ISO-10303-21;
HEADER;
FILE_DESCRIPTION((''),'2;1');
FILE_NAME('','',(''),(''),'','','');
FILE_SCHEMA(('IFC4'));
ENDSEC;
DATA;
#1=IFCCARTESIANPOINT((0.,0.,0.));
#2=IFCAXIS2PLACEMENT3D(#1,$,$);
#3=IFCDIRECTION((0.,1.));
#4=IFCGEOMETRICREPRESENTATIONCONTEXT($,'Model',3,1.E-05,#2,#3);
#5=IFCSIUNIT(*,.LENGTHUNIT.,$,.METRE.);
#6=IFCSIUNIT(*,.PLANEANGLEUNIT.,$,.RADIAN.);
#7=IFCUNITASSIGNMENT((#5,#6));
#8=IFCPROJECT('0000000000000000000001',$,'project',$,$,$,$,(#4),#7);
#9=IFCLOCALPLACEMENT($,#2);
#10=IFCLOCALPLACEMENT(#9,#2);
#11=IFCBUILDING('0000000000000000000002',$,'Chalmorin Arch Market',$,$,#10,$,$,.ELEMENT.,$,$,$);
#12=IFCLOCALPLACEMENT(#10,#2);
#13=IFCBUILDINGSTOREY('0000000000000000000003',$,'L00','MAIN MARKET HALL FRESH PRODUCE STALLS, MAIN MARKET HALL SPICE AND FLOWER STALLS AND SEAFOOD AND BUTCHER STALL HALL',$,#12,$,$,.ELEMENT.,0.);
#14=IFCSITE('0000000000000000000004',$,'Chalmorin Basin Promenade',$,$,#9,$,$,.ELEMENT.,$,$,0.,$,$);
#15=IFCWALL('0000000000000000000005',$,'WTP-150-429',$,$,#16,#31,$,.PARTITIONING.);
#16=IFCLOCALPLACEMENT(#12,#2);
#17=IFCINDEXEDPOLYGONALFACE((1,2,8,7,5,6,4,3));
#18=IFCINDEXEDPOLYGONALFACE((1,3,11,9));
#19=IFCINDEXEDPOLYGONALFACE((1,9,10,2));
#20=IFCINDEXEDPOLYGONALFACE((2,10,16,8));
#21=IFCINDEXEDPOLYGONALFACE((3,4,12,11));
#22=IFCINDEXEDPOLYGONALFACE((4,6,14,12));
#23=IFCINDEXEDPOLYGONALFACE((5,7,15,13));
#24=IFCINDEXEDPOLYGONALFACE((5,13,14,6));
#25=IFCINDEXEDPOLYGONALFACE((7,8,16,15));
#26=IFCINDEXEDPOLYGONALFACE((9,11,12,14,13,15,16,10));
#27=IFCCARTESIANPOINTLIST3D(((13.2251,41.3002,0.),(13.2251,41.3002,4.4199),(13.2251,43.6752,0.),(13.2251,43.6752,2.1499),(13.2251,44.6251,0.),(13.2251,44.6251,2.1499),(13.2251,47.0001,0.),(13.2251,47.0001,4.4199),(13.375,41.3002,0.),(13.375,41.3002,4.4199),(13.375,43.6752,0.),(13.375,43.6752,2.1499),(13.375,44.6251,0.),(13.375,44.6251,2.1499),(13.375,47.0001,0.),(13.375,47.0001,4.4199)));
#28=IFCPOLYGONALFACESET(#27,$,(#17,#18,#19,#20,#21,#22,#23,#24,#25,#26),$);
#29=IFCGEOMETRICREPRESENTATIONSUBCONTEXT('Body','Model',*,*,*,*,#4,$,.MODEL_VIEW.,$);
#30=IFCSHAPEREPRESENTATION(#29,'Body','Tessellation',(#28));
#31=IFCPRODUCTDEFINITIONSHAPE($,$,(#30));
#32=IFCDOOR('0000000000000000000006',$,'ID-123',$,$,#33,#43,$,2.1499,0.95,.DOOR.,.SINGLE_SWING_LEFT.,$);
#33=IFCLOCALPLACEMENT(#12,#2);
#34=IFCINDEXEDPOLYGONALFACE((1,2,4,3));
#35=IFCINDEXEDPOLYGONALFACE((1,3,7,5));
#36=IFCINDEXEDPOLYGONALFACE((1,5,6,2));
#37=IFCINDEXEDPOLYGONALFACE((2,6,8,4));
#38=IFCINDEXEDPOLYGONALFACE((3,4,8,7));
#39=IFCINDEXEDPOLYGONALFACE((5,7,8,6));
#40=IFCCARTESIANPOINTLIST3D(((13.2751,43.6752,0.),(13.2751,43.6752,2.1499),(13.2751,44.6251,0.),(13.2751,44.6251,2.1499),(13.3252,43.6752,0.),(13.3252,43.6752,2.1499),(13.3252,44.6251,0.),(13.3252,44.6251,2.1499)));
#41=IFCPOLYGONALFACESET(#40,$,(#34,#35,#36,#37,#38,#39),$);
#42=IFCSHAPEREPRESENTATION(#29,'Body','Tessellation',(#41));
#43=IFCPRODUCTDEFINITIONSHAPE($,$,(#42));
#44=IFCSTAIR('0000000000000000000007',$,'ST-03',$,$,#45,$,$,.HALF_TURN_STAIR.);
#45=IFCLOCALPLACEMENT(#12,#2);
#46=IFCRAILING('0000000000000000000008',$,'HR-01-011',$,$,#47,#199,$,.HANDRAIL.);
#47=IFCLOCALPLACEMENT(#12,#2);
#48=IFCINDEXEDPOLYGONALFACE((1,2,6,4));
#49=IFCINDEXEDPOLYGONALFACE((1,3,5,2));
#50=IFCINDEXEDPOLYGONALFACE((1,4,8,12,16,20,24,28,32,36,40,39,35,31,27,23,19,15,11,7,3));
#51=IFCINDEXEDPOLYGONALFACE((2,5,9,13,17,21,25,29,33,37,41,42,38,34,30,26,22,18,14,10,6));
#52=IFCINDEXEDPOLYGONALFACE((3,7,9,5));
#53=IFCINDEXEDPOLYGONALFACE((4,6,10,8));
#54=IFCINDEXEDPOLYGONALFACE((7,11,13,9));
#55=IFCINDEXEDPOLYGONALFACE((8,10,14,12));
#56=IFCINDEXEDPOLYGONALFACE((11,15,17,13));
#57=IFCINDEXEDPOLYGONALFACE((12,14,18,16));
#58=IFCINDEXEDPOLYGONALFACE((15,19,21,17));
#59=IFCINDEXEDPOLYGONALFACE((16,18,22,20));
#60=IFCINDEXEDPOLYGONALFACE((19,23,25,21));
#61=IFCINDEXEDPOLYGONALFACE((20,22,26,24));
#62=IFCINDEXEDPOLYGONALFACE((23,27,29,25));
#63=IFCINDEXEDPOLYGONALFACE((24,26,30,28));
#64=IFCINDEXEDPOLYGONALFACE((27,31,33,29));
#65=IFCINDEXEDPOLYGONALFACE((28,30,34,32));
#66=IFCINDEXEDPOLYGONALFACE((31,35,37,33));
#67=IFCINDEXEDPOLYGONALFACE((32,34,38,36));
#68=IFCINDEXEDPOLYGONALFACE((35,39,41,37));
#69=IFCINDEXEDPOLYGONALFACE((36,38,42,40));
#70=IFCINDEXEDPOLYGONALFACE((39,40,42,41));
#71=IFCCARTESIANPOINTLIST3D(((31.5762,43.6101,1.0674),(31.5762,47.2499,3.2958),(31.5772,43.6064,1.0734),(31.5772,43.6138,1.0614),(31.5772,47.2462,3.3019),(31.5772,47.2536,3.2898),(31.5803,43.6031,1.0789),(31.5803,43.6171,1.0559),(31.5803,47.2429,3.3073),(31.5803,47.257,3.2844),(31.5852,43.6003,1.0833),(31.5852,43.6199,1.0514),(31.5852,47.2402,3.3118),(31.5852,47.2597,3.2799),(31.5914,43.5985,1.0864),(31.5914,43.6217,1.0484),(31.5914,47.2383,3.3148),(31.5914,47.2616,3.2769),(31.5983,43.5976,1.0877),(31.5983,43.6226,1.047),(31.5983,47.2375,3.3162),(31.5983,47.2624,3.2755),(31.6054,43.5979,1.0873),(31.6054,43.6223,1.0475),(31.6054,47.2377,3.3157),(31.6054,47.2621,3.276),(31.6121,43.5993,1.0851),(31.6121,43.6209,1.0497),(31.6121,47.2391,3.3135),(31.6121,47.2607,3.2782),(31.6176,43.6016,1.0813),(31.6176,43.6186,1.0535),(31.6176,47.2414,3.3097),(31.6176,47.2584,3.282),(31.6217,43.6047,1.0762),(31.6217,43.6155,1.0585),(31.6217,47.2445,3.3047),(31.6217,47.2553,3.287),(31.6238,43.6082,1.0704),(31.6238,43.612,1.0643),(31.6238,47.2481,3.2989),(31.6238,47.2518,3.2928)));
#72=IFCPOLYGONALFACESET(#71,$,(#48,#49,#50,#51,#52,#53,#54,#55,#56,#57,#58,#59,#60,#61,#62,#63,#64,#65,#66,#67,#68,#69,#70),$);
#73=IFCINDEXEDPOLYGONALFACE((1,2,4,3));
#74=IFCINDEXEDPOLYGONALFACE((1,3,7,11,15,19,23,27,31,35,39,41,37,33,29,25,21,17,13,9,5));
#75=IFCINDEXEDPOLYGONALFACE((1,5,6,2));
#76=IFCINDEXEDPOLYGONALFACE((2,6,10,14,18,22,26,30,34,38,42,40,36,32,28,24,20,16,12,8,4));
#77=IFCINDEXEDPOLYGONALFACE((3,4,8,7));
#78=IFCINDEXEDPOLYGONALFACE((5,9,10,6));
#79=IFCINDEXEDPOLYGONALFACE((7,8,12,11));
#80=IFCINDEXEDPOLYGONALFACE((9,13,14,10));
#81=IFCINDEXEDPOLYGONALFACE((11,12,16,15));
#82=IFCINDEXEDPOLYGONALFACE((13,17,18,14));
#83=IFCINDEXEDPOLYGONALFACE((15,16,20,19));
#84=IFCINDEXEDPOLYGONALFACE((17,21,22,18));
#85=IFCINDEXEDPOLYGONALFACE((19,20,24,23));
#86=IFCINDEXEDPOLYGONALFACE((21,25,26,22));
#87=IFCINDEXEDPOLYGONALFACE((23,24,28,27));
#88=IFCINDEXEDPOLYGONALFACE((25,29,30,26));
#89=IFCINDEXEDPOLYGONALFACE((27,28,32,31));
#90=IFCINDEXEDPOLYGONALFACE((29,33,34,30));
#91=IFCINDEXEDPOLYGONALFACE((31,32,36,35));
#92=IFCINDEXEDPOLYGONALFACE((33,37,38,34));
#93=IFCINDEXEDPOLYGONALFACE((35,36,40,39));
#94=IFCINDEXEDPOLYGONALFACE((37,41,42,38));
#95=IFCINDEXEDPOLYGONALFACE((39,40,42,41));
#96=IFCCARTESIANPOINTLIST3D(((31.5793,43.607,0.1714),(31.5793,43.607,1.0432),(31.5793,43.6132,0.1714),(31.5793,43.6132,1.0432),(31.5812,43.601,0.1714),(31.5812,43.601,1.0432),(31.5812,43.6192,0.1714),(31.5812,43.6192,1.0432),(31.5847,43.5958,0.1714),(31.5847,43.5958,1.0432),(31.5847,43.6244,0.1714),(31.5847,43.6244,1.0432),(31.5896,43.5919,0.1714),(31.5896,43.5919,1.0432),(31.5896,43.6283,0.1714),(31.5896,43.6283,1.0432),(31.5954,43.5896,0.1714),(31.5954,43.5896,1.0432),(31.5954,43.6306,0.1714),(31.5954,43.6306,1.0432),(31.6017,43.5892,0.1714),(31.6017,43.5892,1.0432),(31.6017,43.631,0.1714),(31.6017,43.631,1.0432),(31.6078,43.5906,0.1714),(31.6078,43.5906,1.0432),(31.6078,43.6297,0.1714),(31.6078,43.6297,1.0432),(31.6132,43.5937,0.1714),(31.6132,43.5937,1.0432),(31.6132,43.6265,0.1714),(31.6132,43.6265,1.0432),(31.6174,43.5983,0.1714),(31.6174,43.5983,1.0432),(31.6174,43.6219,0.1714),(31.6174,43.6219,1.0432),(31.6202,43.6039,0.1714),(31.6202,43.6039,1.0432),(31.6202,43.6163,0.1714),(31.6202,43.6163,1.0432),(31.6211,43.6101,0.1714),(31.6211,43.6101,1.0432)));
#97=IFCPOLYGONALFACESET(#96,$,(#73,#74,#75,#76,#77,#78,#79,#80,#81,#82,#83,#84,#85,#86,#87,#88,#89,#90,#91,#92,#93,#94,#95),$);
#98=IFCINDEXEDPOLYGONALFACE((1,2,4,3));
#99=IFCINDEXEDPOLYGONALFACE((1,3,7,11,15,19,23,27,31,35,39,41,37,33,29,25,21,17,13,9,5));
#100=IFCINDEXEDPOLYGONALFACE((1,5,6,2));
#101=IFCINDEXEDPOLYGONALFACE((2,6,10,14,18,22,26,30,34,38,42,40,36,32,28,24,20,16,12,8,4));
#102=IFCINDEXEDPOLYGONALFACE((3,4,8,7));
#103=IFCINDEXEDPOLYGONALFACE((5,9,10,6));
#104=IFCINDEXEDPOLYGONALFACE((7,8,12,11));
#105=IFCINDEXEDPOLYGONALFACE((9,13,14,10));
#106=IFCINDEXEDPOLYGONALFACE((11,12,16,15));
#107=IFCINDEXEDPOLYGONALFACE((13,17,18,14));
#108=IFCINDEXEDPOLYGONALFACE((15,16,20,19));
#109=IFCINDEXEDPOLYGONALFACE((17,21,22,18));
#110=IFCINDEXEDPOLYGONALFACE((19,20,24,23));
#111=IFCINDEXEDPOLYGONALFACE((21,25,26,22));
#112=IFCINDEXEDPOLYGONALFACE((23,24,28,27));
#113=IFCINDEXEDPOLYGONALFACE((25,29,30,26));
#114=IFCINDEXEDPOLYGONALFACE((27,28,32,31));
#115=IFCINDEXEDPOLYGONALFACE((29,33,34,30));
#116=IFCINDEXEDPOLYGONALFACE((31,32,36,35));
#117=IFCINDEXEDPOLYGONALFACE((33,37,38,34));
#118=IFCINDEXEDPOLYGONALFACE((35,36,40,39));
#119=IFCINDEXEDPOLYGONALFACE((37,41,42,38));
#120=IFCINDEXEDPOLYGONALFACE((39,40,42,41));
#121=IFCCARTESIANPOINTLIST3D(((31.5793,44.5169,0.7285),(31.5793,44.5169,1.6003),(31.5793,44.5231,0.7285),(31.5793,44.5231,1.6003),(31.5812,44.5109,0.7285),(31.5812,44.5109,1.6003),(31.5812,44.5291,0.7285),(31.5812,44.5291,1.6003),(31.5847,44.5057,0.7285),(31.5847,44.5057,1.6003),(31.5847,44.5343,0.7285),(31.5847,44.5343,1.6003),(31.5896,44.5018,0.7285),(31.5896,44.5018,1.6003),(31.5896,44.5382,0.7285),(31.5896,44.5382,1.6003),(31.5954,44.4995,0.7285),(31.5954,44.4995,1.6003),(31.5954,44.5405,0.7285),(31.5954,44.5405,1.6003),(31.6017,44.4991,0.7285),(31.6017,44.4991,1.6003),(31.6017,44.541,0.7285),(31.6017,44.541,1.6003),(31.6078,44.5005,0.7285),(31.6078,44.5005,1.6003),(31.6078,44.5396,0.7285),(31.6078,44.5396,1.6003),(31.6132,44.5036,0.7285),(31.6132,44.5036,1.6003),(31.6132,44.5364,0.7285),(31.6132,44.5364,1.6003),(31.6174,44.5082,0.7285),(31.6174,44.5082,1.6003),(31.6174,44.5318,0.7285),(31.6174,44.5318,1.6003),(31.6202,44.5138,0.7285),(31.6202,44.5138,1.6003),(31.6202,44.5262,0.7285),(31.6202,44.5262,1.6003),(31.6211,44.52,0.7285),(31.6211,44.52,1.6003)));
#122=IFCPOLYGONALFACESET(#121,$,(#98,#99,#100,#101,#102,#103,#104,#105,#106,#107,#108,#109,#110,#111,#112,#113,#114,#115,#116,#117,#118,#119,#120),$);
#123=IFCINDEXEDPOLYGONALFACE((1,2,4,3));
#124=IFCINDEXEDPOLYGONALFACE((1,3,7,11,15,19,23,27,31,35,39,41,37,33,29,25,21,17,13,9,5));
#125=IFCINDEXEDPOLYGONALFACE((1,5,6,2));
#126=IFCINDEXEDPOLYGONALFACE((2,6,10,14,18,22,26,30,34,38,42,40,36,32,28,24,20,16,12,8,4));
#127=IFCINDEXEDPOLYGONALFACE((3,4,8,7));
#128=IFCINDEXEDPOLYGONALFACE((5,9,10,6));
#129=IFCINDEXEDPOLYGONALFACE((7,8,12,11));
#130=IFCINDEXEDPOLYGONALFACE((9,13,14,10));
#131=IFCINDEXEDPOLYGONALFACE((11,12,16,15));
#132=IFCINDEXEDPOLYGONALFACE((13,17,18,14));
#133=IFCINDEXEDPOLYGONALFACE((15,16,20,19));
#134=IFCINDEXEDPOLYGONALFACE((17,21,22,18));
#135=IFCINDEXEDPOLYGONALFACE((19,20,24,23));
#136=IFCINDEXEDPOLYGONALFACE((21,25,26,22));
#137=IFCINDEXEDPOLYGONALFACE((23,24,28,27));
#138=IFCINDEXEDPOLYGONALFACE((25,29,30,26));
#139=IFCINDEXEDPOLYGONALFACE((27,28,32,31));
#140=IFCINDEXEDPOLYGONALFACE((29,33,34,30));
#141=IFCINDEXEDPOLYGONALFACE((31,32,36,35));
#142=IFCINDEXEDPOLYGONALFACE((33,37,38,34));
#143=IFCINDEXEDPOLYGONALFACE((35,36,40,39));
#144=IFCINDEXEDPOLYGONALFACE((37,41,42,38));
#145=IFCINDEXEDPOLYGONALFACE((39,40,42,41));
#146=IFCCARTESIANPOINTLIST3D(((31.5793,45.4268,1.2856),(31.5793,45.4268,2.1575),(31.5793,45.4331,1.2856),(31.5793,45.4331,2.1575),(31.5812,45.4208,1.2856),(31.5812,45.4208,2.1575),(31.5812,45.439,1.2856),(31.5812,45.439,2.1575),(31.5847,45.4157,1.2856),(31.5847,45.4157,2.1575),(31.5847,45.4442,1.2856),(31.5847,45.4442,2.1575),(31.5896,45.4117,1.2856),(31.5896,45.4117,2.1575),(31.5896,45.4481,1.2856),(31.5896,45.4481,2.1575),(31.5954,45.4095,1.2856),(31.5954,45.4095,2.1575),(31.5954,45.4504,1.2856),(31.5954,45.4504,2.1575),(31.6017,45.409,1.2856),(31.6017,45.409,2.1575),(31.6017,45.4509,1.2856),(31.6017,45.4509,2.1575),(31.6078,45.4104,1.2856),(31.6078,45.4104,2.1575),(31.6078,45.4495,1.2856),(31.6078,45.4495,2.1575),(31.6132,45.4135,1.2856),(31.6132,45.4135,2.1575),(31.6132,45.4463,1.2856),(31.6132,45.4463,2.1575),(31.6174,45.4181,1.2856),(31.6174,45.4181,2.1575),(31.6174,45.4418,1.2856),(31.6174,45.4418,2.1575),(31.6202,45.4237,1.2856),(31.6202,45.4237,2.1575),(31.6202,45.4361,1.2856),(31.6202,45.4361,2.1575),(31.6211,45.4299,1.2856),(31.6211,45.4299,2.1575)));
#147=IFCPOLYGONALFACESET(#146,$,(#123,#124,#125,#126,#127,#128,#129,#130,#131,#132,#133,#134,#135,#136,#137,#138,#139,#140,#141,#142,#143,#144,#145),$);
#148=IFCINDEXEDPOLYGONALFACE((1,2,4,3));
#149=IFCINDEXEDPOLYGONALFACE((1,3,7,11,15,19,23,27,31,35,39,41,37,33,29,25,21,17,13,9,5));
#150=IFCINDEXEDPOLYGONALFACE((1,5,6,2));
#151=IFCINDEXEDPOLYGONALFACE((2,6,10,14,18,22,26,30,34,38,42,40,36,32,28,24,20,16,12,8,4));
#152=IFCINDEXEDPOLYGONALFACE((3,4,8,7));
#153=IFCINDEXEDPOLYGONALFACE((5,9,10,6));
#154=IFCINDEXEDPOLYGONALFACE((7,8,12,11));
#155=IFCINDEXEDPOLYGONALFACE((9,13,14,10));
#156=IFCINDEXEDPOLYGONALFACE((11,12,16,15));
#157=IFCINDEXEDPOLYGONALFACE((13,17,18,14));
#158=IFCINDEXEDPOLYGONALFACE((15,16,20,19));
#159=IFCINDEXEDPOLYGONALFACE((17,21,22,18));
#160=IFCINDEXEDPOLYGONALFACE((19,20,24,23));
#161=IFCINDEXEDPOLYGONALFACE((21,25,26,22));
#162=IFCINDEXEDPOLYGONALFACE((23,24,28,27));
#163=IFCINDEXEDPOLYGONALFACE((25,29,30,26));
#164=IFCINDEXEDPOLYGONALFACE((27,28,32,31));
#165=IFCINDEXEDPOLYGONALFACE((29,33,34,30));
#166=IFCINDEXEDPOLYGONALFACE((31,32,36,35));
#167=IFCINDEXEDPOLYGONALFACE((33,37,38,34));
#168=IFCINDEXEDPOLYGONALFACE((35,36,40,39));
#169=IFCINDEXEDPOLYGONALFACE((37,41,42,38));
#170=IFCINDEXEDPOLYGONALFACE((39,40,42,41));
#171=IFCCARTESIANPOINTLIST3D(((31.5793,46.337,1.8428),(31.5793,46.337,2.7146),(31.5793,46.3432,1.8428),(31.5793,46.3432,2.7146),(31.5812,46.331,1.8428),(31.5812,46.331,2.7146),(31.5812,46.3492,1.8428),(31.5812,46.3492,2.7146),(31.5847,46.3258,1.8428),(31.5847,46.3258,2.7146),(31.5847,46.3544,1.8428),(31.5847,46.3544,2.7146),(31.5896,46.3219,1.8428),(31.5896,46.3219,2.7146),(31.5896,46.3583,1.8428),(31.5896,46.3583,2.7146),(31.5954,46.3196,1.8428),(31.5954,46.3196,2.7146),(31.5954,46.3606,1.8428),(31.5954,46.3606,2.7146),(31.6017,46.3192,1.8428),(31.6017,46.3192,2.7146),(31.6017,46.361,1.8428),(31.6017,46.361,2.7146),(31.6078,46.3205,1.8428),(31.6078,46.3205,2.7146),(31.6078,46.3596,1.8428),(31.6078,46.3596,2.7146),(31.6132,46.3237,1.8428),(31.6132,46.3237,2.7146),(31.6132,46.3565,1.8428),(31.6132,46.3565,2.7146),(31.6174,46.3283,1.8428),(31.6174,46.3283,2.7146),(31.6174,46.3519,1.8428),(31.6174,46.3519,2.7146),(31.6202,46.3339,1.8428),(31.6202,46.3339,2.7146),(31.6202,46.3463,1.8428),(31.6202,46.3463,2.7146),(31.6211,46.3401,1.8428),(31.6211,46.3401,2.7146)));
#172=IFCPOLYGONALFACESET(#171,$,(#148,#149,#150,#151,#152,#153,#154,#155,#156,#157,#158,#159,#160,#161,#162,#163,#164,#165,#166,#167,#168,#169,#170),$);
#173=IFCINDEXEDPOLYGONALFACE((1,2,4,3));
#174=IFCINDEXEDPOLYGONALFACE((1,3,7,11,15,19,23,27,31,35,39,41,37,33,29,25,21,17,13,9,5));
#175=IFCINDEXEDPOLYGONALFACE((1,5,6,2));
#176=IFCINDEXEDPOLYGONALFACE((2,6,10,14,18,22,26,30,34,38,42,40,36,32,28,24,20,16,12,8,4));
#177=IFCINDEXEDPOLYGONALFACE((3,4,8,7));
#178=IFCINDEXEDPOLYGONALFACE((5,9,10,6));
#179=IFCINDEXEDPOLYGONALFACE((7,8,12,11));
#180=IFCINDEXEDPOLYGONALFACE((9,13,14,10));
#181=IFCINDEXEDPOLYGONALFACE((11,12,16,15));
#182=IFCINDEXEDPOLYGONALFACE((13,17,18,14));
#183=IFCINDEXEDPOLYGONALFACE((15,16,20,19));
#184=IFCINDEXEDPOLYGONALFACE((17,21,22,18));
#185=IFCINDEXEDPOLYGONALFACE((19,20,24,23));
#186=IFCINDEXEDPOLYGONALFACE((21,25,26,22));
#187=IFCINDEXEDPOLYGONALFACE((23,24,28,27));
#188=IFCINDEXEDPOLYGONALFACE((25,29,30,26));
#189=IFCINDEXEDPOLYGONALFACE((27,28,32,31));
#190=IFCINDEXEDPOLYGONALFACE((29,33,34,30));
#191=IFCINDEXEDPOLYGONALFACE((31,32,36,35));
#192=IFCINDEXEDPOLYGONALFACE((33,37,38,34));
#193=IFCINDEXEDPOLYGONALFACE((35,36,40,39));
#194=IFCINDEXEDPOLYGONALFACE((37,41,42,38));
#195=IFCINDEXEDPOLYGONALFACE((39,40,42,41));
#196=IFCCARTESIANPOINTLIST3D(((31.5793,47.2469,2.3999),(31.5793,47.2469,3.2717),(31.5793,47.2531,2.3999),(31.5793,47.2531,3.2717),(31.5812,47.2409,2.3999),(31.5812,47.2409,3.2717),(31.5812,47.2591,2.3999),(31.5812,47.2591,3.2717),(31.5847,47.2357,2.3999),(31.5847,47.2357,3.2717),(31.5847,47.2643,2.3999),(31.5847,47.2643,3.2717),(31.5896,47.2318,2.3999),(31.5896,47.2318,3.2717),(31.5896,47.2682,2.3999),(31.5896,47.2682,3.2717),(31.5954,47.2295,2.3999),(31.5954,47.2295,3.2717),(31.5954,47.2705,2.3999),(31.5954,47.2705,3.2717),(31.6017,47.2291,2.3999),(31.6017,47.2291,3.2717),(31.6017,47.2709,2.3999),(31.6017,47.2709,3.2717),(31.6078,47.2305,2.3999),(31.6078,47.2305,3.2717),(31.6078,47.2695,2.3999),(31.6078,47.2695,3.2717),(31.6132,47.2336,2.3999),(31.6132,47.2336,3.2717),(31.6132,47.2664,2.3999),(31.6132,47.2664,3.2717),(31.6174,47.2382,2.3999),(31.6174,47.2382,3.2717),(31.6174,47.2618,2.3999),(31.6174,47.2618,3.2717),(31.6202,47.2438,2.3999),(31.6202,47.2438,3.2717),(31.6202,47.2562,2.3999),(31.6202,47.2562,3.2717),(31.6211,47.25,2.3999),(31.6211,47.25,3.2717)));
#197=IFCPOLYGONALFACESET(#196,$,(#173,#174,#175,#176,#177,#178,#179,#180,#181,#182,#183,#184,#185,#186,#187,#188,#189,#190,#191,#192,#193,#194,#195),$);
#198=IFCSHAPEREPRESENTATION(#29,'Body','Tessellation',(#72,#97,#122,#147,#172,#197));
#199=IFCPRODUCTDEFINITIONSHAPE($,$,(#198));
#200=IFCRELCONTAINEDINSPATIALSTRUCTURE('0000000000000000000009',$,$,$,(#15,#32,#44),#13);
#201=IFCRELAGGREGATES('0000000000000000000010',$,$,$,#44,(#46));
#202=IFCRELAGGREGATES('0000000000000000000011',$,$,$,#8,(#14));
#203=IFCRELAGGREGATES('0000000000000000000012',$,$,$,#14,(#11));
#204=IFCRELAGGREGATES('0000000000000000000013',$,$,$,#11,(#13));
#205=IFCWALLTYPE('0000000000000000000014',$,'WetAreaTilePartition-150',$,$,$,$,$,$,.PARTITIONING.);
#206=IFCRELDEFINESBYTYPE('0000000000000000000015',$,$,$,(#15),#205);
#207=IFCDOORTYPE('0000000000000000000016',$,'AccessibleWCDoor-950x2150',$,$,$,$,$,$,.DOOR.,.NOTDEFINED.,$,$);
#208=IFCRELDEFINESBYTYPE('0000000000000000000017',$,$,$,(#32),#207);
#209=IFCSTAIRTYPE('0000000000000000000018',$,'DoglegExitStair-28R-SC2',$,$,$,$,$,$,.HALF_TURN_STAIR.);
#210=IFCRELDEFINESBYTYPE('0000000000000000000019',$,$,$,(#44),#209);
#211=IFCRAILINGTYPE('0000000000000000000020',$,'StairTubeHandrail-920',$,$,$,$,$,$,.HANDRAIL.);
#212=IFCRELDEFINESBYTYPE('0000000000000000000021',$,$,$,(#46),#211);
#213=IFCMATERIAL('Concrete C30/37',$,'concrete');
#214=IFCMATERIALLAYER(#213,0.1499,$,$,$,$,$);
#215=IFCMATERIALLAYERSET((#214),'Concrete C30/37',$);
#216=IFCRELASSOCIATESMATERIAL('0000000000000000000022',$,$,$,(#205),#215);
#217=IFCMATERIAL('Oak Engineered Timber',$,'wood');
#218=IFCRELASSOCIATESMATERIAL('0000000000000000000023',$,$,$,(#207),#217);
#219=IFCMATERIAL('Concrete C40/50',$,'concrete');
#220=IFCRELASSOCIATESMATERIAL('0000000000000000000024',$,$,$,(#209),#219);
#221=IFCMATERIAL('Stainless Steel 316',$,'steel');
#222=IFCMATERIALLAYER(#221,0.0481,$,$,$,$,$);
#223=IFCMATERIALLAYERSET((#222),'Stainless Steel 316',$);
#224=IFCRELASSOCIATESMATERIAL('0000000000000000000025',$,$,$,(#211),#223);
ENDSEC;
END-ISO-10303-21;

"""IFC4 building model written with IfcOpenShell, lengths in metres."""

from ifc_helpers import new_model, si_unit, direction, frame, frame_2d, origin, origin_2d, place, context, subcontext, project, spatial, rectangle, circle, extrude, material, layer, layer_set, type_object, element, fill, aggregate, save


model = new_model("IFC4")

# Units and contexts
model_context = context("Model", 3, precision=1e-05, world=origin(), true_north=direction((0.0, 1.0)))
body_context = subcontext(model_context, "Body", "Model", "MODEL_VIEW")
ifc_project = project(units=[si_unit("LENGTHUNIT", "METRE"), si_unit("PLANEANGLEUNIT", "RADIAN")], contexts=[model_context])

# Site, building, storey
site_placement = place(None, origin())
site = spatial("IfcSite", under=ifc_project, at=site_placement, Name="Chalmorin Basin Promenade", CompositionType="ELEMENT", RefElevation=0.0)
building_placement = place(site_placement, origin())
building = spatial("IfcBuilding", under=site, at=building_placement, Name="Chalmorin Arch Market", CompositionType="ELEMENT")
storey_placement = place(building_placement, origin())
storey = spatial("IfcBuildingStorey", under=building, at=storey_placement, Name="L00", Description="MAIN MARKET HALL FRESH PRODUCE STALLS, MAIN MARKET HALL SPICE AND FLOWER STALLS AND SEAFOOD AND BUTCHER STALL HALL", CompositionType="ELEMENT", Elevation=0.0)

# Shared definitions
ifc_material_1 = material(Name="Concrete C40/50", Category="concrete")

# Wall, opening, door
ifc_material_2 = material(Name="Concrete C30/37", Category="concrete")
ifc_material_3 = material(Name="Stainless Steel 316", Category="steel")
ifc_layer_1 = layer(ifc_material_2, 0.1499)
ifc_layer_set_1 = layer_set([ifc_layer_1], Name="Concrete C30/37")
wall_type_1 = type_object("IfcWallType", Name="WetAreaTilePartition-150", PredefinedType="PARTITIONING", material=ifc_layer_set_1)
wall_1_placement = place(storey_placement, frame((13.3, 41.3, 0.0), z_axis=(0.0, 0.0, 1.0), x_axis=(0.0, 1.0, 0.0)))
wall_1 = element("IfcWall", 1, at=wall_1_placement, inside=storey, type_object=wall_type_1, Name="WTP-150-429", PredefinedType="PARTITIONING", context=body_context, shape_type="SweptSolid", body=[
    extrude(rectangle(XDim=5.7, YDim=0.1499, at=frame_2d((2.8501, 0.0))), origin(), (0.0, 0.0, 1.0), 4.4199),
])
opening_1_placement = place(wall_1_placement, frame((2.375, 0.0, 0.0)))
opening_1 = element("IfcOpeningElement", 2, at=opening_1_placement, cuts=wall_1, PredefinedType="OPENING", context=body_context, shape_type="SweptSolid", body=[
    extrude(rectangle(XDim=0.95, YDim=2.1499, at=frame_2d((0.4751, 1.075))), frame((0.0, 0.085, 0.0), z_axis=(0.0, -1.0, 0.0), x_axis=(1.0, 0.0, 0.0)), (0.0, 0.0, 1.0), 0.1699),
])
ifc_material_4 = material(Name="Oak Engineered Timber", Category="wood")
door_type_1 = type_object("IfcDoorType", Name="AccessibleWCDoor-950x2150", OperationType="NOTDEFINED", PredefinedType="DOOR", material=ifc_material_4)
door_1_placement = place(opening_1_placement, origin())
door_1 = element("IfcDoor", 3, at=door_1_placement, inside=storey, type_object=door_type_1, Name="ID-123", OperationType="SINGLE_SWING_LEFT", OverallHeight=2.1499, OverallWidth=0.95, PredefinedType="DOOR", context=body_context, shape_type="SweptSolid", body=[
    extrude(rectangle(XDim=0.95, YDim=2.1499, at=frame_2d((0.4751, 1.075))), frame((0.0, 0.0249, 0.0), z_axis=(0.0, -1.0, 0.0), x_axis=(1.0, 0.0, 0.0)), (0.0, 0.0, 1.0), 0.05),
])
fill(opening_1, door_1)

# Stair, railing
stair_type = type_object("IfcStairType", Name="DoglegExitStair-28R-SC2", PredefinedType="HALF_TURN_STAIR", material=ifc_material_1)
stair_placement = place(storey_placement, origin())
stair = element("IfcStair", 4, at=stair_placement, inside=storey, type_object=stair_type, Name="ST-03", PredefinedType="HALF_TURN_STAIR")
ifc_layer_2 = layer(ifc_material_3, 0.0481)
ifc_layer_set_2 = layer_set([ifc_layer_2], Name="Stainless Steel 316")
railing_type = type_object("IfcRailingType", Name="StairTubeHandrail-920", PredefinedType="HANDRAIL", material=ifc_layer_set_2)
railing_placement = place(storey_placement, frame((31.6001, 43.6101, 0.1714)))
railing = element("IfcRailing", 5, at=railing_placement, type_object=railing_type, Name="HR-01-011", PredefinedType="HANDRAIL", context=body_context, shape_type="SweptSolid", body=[
    extrude(circle(Radius=0.0239, at=origin_2d()), frame((0.0, 0.0, 0.896), z_axis=(0.0, 0.85285, 0.522156), x_axis=(-1.0, 0.0, 0.0)), (0.0, 0.0, 1.0), 4.2678),
    extrude(circle(Radius=0.021, at=origin_2d()), origin(), (0.0, 0.0, 1.0), 0.8718),
    extrude(circle(Radius=0.021, at=origin_2d()), frame((0.0, 0.9099, 0.5571)), (0.0, 0.0, 1.0), 0.8718),
    extrude(circle(Radius=0.021, at=origin_2d()), frame((0.0, 1.8198, 1.1143)), (0.0, 0.0, 1.0), 0.8718),
    extrude(circle(Radius=0.021, at=origin_2d()), frame((0.0, 2.73, 1.6714)), (0.0, 0.0, 1.0), 0.8718),
    extrude(circle(Radius=0.021, at=origin_2d()), frame((0.0, 3.6399, 2.2285)), (0.0, 0.0, 1.0), 0.8718),
])
aggregate(stair, [railing])

save(model, "model.ifc")
